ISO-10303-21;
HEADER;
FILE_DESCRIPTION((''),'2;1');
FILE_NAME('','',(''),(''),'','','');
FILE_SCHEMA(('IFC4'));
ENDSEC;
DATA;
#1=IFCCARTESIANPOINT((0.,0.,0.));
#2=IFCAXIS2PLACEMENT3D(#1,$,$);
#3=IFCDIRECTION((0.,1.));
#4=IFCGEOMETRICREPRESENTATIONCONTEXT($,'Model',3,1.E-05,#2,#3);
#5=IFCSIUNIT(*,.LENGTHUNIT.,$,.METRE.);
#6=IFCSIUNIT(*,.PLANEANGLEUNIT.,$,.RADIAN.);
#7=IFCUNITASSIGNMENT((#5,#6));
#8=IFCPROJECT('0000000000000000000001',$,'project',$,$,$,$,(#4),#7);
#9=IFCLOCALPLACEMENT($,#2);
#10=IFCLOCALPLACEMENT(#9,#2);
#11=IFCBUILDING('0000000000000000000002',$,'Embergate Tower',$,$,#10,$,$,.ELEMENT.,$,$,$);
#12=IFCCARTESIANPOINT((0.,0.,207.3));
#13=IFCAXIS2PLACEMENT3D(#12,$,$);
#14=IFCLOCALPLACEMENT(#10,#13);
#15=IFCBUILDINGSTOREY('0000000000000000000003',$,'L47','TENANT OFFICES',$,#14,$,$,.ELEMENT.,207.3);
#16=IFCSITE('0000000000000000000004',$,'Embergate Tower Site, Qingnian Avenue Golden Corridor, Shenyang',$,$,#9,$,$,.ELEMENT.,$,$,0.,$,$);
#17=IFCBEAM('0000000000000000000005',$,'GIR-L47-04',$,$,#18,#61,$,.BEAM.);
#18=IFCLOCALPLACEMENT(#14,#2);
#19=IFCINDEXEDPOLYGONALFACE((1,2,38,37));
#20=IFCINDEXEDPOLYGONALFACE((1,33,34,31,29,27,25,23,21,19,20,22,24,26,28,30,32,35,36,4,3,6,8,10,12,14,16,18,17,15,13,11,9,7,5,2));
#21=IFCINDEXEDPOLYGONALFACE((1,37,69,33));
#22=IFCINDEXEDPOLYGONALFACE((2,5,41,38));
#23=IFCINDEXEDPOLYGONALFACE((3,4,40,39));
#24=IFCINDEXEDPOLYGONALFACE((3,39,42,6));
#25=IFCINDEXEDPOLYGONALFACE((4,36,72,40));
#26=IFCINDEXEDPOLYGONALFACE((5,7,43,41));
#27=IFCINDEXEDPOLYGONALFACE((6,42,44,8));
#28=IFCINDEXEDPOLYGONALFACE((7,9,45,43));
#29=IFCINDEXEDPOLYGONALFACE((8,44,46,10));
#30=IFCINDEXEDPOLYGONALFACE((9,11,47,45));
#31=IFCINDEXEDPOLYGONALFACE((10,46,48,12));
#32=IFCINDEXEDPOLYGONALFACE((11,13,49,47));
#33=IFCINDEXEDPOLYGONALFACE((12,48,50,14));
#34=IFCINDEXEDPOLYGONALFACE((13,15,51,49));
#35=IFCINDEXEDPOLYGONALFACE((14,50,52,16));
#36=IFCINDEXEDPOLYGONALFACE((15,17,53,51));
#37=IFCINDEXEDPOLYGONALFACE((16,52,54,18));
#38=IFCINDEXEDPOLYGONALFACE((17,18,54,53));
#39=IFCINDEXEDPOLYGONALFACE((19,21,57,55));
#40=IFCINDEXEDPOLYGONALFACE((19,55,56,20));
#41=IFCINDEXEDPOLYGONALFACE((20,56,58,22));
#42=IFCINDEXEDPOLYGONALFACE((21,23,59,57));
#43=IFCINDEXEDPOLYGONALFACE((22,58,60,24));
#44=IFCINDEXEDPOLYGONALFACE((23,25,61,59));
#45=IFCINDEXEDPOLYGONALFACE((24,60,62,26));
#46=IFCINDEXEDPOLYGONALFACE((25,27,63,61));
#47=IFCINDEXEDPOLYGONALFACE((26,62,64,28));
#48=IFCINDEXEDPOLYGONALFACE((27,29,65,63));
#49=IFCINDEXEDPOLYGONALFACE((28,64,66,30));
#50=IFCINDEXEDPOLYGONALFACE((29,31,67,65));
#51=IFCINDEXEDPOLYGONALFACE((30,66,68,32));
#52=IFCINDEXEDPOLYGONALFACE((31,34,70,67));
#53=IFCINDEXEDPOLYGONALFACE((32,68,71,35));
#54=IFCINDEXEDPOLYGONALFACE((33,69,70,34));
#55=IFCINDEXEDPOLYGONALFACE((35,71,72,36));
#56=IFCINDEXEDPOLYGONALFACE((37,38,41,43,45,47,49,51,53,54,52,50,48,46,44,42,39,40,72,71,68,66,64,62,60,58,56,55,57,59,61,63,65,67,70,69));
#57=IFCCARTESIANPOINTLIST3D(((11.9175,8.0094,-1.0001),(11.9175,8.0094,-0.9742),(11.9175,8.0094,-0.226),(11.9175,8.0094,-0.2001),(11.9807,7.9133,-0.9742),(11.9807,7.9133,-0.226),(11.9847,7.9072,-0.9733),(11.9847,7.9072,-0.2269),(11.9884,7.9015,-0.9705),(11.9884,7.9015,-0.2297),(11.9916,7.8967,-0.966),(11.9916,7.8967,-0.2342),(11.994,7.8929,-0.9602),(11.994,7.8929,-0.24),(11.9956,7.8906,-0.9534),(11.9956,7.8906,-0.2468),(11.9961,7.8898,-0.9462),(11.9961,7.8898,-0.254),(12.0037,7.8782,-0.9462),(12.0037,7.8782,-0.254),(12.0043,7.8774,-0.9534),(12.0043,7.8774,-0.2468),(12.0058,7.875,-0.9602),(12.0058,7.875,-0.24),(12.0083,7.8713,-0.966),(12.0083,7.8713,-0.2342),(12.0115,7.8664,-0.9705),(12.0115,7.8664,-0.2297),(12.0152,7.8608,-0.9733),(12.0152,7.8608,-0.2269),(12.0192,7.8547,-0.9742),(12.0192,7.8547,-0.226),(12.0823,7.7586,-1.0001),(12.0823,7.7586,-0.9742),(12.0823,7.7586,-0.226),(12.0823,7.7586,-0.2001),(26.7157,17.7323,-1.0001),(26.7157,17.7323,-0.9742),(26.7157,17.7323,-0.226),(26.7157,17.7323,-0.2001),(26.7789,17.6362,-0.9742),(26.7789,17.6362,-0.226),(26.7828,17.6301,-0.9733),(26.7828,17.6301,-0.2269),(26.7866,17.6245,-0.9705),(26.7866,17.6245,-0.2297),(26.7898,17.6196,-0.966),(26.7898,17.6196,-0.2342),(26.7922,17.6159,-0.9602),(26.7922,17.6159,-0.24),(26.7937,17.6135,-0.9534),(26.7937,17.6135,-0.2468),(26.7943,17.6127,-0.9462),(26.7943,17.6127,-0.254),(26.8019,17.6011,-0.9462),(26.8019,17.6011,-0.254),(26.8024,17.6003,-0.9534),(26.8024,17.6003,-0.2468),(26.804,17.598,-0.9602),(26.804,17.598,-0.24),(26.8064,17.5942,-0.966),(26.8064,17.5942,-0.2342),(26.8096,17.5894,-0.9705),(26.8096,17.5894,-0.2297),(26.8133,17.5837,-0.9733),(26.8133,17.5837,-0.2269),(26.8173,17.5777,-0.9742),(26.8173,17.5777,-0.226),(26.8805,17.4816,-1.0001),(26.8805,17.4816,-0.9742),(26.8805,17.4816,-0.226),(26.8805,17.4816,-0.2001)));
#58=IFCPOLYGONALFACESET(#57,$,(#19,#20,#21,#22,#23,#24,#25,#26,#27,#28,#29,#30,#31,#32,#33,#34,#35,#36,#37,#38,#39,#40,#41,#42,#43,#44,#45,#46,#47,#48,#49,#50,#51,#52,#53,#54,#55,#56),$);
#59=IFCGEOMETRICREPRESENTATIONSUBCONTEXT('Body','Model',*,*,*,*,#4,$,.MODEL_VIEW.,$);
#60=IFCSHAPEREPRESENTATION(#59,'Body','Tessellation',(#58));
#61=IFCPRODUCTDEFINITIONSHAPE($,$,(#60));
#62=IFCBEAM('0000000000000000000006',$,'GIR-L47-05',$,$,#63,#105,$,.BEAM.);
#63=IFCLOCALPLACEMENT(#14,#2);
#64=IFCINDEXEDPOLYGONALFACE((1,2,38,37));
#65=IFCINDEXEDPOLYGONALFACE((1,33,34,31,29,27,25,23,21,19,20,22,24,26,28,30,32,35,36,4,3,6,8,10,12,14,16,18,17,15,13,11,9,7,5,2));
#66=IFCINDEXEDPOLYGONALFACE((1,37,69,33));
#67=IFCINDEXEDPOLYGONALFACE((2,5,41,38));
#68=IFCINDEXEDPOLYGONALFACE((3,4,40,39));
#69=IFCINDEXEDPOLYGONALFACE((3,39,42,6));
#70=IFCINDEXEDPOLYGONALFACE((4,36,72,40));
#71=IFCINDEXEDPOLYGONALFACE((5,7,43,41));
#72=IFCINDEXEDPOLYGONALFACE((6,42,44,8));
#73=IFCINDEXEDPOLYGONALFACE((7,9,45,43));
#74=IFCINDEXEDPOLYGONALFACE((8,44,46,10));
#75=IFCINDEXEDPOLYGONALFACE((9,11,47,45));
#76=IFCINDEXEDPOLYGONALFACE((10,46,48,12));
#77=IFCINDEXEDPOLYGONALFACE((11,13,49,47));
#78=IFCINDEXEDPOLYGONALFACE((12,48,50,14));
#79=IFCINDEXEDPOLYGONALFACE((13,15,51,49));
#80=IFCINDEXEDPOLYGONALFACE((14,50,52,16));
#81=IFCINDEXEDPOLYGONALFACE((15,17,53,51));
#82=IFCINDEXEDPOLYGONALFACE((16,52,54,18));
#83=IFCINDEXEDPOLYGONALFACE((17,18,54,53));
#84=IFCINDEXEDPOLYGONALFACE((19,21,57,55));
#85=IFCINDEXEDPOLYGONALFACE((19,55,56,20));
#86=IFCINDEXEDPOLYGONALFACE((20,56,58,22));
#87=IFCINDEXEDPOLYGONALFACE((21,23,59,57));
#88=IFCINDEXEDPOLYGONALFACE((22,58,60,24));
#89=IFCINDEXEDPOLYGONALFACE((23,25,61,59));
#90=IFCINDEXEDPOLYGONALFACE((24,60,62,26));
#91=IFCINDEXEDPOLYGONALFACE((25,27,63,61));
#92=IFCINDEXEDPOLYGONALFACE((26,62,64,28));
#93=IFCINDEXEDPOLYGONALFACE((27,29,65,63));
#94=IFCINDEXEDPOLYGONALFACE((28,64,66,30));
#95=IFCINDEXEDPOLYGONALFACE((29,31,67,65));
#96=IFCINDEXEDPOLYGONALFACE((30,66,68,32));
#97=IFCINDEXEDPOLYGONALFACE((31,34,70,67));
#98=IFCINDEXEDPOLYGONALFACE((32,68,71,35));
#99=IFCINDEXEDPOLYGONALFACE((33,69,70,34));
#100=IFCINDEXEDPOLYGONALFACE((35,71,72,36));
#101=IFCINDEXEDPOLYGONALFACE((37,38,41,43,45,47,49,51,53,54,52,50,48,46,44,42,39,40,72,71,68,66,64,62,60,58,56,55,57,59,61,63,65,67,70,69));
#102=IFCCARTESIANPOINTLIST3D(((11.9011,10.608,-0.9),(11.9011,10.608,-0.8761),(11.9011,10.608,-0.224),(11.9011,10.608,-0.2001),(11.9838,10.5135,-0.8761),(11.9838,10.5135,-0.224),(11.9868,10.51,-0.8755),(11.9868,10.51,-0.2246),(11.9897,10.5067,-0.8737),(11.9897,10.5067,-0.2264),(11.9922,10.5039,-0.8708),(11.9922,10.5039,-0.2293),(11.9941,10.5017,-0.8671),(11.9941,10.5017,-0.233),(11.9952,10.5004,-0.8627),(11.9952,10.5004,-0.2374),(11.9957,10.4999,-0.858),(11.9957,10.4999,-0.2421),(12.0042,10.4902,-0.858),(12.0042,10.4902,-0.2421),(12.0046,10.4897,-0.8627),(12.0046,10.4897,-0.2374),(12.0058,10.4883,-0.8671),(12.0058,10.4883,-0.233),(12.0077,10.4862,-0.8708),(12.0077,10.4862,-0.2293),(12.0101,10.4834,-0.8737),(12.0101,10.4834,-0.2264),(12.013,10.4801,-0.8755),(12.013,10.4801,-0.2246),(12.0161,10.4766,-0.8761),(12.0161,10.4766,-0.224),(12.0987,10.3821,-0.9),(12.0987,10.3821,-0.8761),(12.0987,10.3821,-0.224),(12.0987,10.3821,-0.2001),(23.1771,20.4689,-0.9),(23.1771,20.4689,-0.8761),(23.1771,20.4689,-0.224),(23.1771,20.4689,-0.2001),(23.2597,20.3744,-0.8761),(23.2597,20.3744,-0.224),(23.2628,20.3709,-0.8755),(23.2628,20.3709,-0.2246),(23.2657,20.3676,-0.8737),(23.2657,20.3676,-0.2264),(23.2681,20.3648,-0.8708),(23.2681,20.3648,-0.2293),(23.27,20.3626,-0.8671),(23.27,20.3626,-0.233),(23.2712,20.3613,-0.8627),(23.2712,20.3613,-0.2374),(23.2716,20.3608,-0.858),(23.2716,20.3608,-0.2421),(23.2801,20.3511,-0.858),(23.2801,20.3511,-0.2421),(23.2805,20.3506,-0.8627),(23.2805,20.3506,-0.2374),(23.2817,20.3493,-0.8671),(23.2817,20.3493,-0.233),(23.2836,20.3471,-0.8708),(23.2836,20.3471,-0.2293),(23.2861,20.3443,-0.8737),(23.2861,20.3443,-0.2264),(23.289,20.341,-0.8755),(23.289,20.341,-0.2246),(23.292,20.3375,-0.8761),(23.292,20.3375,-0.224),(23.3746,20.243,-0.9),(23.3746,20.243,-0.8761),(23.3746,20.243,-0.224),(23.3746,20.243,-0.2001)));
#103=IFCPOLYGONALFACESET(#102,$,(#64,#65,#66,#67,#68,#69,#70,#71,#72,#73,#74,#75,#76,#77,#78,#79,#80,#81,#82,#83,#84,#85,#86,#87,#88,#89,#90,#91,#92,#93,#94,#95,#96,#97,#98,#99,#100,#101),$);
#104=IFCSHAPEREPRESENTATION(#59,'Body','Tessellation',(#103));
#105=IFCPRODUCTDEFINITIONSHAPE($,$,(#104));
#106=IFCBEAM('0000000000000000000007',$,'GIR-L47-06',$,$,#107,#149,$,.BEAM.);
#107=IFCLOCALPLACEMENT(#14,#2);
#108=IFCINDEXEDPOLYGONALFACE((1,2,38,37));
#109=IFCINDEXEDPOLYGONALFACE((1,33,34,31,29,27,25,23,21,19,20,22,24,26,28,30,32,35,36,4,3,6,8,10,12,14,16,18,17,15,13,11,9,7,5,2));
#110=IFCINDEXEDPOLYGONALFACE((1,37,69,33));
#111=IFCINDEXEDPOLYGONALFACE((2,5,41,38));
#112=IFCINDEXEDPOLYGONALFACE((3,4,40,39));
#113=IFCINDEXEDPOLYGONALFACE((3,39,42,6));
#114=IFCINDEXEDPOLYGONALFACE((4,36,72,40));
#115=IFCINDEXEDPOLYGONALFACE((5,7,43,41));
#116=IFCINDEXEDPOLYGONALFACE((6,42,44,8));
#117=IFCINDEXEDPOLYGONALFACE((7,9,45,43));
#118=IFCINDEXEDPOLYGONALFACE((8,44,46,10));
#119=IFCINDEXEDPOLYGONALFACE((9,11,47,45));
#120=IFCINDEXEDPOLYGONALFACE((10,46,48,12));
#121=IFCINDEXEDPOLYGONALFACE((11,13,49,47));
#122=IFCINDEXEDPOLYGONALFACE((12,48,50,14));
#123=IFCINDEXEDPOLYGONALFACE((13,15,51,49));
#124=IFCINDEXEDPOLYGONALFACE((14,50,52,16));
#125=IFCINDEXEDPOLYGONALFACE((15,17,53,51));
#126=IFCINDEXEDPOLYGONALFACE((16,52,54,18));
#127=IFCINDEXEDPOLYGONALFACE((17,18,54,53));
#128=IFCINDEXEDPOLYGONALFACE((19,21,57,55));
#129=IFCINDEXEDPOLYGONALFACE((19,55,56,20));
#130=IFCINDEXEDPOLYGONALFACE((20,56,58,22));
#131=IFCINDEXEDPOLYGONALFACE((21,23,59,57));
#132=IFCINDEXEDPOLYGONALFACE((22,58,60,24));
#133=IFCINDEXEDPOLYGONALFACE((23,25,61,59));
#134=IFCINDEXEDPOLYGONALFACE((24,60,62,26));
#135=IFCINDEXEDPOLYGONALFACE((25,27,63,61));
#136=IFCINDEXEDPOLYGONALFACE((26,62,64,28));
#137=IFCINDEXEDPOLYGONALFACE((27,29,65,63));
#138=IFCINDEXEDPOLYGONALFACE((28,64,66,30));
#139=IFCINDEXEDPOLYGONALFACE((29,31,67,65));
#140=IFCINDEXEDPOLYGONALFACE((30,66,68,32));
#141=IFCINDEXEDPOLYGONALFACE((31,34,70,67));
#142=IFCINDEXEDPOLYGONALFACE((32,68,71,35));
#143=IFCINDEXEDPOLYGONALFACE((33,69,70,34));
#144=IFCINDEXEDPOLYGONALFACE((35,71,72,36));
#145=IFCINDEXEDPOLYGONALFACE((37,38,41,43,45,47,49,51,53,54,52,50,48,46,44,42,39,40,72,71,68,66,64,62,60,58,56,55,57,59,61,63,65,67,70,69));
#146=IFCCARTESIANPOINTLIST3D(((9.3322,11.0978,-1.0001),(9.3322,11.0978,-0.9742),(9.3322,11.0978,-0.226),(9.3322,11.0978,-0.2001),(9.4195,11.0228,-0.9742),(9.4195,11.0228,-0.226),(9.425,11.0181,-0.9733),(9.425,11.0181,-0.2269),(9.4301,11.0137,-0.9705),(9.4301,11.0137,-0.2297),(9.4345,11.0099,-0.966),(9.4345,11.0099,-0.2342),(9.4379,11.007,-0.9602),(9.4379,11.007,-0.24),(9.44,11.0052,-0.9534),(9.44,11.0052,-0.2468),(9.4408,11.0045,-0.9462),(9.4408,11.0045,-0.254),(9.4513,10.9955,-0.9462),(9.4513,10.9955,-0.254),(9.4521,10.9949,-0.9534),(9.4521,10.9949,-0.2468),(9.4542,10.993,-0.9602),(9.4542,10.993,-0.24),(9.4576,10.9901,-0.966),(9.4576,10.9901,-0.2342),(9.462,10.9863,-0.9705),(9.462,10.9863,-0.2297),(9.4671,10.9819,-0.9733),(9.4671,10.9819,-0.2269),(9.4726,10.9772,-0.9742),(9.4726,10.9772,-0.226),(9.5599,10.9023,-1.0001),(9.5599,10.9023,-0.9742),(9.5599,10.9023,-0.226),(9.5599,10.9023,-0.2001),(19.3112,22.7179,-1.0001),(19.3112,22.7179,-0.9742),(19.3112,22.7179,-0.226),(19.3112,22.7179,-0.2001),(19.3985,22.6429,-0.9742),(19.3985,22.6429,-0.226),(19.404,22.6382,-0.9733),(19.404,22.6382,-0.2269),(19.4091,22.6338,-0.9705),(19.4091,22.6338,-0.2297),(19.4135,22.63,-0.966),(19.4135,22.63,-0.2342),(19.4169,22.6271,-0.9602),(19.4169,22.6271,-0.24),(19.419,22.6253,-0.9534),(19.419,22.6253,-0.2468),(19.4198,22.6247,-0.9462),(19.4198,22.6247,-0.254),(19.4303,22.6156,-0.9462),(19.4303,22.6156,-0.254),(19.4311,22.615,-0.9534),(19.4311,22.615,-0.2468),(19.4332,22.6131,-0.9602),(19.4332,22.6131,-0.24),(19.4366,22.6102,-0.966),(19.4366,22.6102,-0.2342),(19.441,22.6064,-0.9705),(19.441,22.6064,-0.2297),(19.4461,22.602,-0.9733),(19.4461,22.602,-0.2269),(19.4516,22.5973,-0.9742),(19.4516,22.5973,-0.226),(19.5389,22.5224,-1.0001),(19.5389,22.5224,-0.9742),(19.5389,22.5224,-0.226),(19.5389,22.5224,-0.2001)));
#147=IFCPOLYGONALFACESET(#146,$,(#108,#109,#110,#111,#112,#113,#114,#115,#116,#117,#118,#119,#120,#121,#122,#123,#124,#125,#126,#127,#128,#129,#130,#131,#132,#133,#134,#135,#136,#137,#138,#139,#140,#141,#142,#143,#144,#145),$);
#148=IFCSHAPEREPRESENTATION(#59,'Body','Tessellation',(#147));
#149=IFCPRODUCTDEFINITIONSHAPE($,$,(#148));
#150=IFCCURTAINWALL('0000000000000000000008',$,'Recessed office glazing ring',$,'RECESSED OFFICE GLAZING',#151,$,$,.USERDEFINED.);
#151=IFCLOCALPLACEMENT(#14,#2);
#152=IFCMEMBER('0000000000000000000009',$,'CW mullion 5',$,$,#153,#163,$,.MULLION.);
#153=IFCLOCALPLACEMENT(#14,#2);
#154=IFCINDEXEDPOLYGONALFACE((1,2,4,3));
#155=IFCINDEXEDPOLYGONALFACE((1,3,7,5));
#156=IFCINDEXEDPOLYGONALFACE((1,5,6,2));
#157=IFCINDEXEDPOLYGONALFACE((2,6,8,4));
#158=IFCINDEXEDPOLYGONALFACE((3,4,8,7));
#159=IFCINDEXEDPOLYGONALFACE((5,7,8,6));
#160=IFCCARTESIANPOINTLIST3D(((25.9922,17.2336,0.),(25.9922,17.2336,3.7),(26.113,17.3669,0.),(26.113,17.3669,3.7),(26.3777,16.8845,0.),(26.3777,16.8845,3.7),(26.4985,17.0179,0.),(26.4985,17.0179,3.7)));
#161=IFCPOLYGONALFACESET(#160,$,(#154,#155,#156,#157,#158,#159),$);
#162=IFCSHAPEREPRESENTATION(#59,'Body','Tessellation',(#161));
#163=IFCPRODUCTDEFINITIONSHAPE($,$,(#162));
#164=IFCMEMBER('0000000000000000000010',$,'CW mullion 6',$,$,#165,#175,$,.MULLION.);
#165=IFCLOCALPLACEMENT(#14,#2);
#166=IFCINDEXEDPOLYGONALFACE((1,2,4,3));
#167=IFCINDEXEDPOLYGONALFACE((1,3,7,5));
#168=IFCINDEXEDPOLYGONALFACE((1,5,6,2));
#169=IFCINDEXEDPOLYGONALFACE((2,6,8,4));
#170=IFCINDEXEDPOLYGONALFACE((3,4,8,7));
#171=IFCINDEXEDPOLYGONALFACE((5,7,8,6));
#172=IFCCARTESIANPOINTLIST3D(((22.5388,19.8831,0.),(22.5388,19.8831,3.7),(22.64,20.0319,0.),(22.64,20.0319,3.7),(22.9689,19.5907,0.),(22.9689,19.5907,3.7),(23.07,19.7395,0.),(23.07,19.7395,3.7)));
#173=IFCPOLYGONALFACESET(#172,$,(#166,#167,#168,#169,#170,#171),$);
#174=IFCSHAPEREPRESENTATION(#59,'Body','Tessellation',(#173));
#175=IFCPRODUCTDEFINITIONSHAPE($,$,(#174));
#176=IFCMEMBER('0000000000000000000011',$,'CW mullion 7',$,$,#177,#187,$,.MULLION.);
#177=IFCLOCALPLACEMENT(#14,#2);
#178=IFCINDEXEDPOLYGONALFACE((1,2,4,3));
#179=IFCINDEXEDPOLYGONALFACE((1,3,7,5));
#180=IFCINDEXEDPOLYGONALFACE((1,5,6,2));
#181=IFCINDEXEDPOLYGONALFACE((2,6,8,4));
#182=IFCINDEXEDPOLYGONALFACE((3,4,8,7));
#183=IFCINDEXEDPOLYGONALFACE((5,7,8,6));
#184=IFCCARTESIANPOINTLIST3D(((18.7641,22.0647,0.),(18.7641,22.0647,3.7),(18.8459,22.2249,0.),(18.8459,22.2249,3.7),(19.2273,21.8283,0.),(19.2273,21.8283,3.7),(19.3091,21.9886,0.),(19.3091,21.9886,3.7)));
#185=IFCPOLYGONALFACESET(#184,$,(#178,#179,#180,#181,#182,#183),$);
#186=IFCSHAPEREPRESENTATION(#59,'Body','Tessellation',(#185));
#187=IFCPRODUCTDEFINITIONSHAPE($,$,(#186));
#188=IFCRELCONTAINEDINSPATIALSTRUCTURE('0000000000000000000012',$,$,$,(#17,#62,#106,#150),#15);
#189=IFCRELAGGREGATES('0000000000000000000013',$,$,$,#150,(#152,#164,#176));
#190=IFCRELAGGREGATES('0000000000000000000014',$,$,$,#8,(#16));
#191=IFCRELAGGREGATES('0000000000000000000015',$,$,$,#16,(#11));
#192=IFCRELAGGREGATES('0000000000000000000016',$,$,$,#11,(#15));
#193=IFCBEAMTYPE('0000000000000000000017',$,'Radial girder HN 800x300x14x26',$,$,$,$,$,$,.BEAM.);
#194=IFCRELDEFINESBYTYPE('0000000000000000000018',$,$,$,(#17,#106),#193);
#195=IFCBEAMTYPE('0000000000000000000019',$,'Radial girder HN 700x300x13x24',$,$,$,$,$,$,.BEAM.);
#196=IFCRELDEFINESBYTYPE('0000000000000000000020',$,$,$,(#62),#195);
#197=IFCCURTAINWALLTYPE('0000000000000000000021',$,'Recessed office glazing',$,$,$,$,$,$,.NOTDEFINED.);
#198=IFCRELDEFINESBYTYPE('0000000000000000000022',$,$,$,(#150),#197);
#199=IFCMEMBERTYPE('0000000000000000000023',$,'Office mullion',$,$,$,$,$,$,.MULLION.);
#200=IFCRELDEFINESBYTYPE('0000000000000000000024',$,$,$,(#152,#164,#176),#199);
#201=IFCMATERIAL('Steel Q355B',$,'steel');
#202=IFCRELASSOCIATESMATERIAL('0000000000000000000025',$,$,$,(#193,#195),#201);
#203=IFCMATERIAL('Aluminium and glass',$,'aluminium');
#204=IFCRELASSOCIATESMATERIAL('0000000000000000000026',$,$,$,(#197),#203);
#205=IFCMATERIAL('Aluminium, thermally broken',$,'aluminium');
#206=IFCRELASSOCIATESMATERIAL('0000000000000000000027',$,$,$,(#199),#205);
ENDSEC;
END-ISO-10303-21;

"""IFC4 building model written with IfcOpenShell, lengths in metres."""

from ifc_helpers import new_model, si_unit, direction, frame, origin, origin_2d, place, context, subcontext, project, spatial, rectangle, i_section, extrude, source, transform, mapped, material, material_profile, profile_set, type_object, element, aggregate, save


model = new_model("IFC4")

# Units and contexts
model_context = context("Model", 3, precision=1e-05, world=origin(), true_north=direction((0.0, 1.0)))
body_context = subcontext(model_context, "Body", "Model", "MODEL_VIEW")
ifc_project = project(units=[si_unit("LENGTHUNIT", "METRE"), si_unit("PLANEANGLEUNIT", "RADIAN")], contexts=[model_context])

# Site, building, storey
site_placement = place(None, origin())
site = spatial("IfcSite", under=ifc_project, at=site_placement, Name="Embergate Tower Site, Qingnian Avenue Golden Corridor, Shenyang", CompositionType="ELEMENT", RefElevation=0.0)
building_placement = place(site_placement, origin())
building = spatial("IfcBuilding", under=site, at=building_placement, Name="Embergate Tower", CompositionType="ELEMENT")
storey_placement = place(building_placement, frame((0.0, 0.0, 207.3)))
storey = spatial("IfcBuildingStorey", under=building, at=storey_placement, Name="L47", Description="TENANT OFFICES", CompositionType="ELEMENT", Elevation=207.3)

# Beams
ifc_material_1 = material(Name="Steel Q355B", Category="steel")
ifc_material_profile_1 = material_profile(ifc_material_1, i_section(OverallWidth=0.3, OverallDepth=0.8, WebThickness=0.0139, FlangeThickness=0.0259, FilletRadius=0.0281, at=origin_2d()), Name="HN 800x300x14x26")
ifc_profile_set_1 = profile_set([ifc_material_profile_1], Name="Steel Q355 grade B")
beam_type_1 = type_object("IfcBeamType", Name="Radial girder HN 800x300x14x26", PredefinedType="BEAM", material=ifc_profile_set_1)
shared_shape_1 = source(origin(), body_context, "Body", "SweptSolid", [
    extrude(i_section(OverallWidth=0.3, OverallDepth=0.8, WebThickness=0.0139, FlangeThickness=0.0259, FilletRadius=0.0281, at=origin_2d()), origin(), (0.0, 0.0, 1.0), 17.7065),
])
beam_1_placement = place(storey_placement, frame((26.7981, 17.6069, -0.6001), z_axis=(-0.835746, -0.549116, 0.0), x_axis=(0.549116, -0.835746, 0.0)))
element("IfcBeam", 1, at=beam_1_placement, inside=storey, type_object=beam_type_1, Name="GIR-L47-04", PredefinedType="BEAM", context=body_context, shape_type="MappedRepresentation", body=[
    mapped(shared_shape_1, transform((0.0, 0.0, 0.0))),
])
ifc_material_profile_2 = material_profile(ifc_material_1, i_section(OverallWidth=0.3, OverallDepth=0.7, WebThickness=0.0129, FlangeThickness=0.0239, FilletRadius=0.0181, at=origin_2d()), Name="HN 700x300x13x24")
ifc_profile_set_2 = profile_set([ifc_material_profile_2], Name="Steel Q355 grade B")
beam_type_2 = type_object("IfcBeamType", Name="Radial girder HN 700x300x13x24", PredefinedType="BEAM", material=ifc_profile_set_2)
shared_shape_2 = source(origin(), body_context, "Body", "SweptSolid", [
    extrude(i_section(OverallWidth=0.3, OverallDepth=0.7, WebThickness=0.0129, FlangeThickness=0.0239, FilletRadius=0.0181, at=origin_2d()), origin(), (0.0, 0.0, 1.0), 14.9795),
])
beam_2_placement = place(storey_placement, frame((23.2759, 20.356, -0.55), z_axis=(-0.75276, -0.658295, 0.0), x_axis=(0.658295, -0.75276, 0.0)))
element("IfcBeam", 2, at=beam_2_placement, inside=storey, type_object=beam_type_2, Name="GIR-L47-05", PredefinedType="BEAM", context=body_context, shape_type="MappedRepresentation", body=[
    mapped(shared_shape_2, transform((0.0, 0.0, 0.0))),
])
shared_shape_3 = source(origin(), body_context, "Body", "SweptSolid", [
    extrude(i_section(OverallWidth=0.3, OverallDepth=0.8, WebThickness=0.0139, FlangeThickness=0.0259, FilletRadius=0.0281, at=origin_2d()), origin(), (0.0, 0.0, 1.0), 15.3169),
])
beam_3_placement = place(storey_placement, frame((19.425, 22.6201, -0.6001), z_axis=(-0.651503, -0.758646, 0.0), x_axis=(0.758646, -0.651503, 0.0)))
element("IfcBeam", 3, at=beam_3_placement, inside=storey, type_object=beam_type_1, Name="GIR-L47-06", PredefinedType="BEAM", context=body_context, shape_type="MappedRepresentation", body=[
    mapped(shared_shape_3, transform((0.0, 0.0, 0.0))),
])

# Curtain wall, members
ifc_material_2 = material(Name="Aluminium and glass", Category="aluminium")
curtain_wall_type = type_object("IfcCurtainWallType", Name="Recessed office glazing", PredefinedType="NOTDEFINED", material=ifc_material_2)
curtain_wall_placement = place(storey_placement, origin())
curtain_wall = element("IfcCurtainWall", 4, at=curtain_wall_placement, inside=storey, type_object=curtain_wall_type, Name="Recessed office glazing ring", ObjectType="RECESSED OFFICE GLAZING", PredefinedType="USERDEFINED")
ifc_material_3 = material(Name="Aluminium, thermally broken", Category="aluminium")
ifc_material_profile_3 = material_profile(ifc_material_3, rectangle(XDim=0.1799, YDim=0.52, at=origin_2d()), Name="AL 520x180")
ifc_profile_set_3 = profile_set([ifc_material_profile_3], Name="Aluminium, thermally broken")
member_type_1 = type_object("IfcMemberType", Name="Office mullion", PredefinedType="MULLION", material=ifc_profile_set_3)
shared_shape_4 = source(origin(), body_context, "Body", "SweptSolid", [
    extrude(rectangle(XDim=0.1799, YDim=0.52, at=origin_2d()), origin(), (0.0, 0.0, 1.0), 3.7),
])
member_1_placement = place(storey_placement, frame((26.2454, 17.1257, 0.0), z_axis=(0.0, 0.0, 1.0), x_axis=(-0.67123, -0.741249, 0.0)))
member_1 = element("IfcMember", 5, at=member_1_placement, type_object=member_type_1, Name="CW mullion 5", PredefinedType="MULLION", context=body_context, shape_type="MappedRepresentation", body=[
    mapped(shared_shape_4, transform((0.0, 0.0, 0.0))),
])
member_2_placement = place(storey_placement, frame((22.8044, 19.8113, 0.0), z_axis=(0.0, 0.0, 1.0), x_axis=(-0.562221, -0.826987, 0.0)))
member_2 = element("IfcMember", 6, at=member_2_placement, type_object=member_type_1, Name="CW mullion 6", PredefinedType="MULLION", context=body_context, shape_type="MappedRepresentation", body=[
    mapped(shared_shape_4, transform((0.0, 0.0, 0.0))),
])
member_3_placement = place(storey_placement, frame((19.0366, 22.0266, 0.0), z_axis=(0.0, 0.0, 1.0), x_axis=(-0.454514, -0.890739, 0.0)))
member_3 = element("IfcMember", 7, at=member_3_placement, type_object=member_type_1, Name="CW mullion 7", PredefinedType="MULLION", context=body_context, shape_type="MappedRepresentation", body=[
    mapped(shared_shape_4, transform((0.0, 0.0, 0.0))),
])
aggregate(curtain_wall, [member_1, member_2, member_3])

save(model, "model.ifc")
